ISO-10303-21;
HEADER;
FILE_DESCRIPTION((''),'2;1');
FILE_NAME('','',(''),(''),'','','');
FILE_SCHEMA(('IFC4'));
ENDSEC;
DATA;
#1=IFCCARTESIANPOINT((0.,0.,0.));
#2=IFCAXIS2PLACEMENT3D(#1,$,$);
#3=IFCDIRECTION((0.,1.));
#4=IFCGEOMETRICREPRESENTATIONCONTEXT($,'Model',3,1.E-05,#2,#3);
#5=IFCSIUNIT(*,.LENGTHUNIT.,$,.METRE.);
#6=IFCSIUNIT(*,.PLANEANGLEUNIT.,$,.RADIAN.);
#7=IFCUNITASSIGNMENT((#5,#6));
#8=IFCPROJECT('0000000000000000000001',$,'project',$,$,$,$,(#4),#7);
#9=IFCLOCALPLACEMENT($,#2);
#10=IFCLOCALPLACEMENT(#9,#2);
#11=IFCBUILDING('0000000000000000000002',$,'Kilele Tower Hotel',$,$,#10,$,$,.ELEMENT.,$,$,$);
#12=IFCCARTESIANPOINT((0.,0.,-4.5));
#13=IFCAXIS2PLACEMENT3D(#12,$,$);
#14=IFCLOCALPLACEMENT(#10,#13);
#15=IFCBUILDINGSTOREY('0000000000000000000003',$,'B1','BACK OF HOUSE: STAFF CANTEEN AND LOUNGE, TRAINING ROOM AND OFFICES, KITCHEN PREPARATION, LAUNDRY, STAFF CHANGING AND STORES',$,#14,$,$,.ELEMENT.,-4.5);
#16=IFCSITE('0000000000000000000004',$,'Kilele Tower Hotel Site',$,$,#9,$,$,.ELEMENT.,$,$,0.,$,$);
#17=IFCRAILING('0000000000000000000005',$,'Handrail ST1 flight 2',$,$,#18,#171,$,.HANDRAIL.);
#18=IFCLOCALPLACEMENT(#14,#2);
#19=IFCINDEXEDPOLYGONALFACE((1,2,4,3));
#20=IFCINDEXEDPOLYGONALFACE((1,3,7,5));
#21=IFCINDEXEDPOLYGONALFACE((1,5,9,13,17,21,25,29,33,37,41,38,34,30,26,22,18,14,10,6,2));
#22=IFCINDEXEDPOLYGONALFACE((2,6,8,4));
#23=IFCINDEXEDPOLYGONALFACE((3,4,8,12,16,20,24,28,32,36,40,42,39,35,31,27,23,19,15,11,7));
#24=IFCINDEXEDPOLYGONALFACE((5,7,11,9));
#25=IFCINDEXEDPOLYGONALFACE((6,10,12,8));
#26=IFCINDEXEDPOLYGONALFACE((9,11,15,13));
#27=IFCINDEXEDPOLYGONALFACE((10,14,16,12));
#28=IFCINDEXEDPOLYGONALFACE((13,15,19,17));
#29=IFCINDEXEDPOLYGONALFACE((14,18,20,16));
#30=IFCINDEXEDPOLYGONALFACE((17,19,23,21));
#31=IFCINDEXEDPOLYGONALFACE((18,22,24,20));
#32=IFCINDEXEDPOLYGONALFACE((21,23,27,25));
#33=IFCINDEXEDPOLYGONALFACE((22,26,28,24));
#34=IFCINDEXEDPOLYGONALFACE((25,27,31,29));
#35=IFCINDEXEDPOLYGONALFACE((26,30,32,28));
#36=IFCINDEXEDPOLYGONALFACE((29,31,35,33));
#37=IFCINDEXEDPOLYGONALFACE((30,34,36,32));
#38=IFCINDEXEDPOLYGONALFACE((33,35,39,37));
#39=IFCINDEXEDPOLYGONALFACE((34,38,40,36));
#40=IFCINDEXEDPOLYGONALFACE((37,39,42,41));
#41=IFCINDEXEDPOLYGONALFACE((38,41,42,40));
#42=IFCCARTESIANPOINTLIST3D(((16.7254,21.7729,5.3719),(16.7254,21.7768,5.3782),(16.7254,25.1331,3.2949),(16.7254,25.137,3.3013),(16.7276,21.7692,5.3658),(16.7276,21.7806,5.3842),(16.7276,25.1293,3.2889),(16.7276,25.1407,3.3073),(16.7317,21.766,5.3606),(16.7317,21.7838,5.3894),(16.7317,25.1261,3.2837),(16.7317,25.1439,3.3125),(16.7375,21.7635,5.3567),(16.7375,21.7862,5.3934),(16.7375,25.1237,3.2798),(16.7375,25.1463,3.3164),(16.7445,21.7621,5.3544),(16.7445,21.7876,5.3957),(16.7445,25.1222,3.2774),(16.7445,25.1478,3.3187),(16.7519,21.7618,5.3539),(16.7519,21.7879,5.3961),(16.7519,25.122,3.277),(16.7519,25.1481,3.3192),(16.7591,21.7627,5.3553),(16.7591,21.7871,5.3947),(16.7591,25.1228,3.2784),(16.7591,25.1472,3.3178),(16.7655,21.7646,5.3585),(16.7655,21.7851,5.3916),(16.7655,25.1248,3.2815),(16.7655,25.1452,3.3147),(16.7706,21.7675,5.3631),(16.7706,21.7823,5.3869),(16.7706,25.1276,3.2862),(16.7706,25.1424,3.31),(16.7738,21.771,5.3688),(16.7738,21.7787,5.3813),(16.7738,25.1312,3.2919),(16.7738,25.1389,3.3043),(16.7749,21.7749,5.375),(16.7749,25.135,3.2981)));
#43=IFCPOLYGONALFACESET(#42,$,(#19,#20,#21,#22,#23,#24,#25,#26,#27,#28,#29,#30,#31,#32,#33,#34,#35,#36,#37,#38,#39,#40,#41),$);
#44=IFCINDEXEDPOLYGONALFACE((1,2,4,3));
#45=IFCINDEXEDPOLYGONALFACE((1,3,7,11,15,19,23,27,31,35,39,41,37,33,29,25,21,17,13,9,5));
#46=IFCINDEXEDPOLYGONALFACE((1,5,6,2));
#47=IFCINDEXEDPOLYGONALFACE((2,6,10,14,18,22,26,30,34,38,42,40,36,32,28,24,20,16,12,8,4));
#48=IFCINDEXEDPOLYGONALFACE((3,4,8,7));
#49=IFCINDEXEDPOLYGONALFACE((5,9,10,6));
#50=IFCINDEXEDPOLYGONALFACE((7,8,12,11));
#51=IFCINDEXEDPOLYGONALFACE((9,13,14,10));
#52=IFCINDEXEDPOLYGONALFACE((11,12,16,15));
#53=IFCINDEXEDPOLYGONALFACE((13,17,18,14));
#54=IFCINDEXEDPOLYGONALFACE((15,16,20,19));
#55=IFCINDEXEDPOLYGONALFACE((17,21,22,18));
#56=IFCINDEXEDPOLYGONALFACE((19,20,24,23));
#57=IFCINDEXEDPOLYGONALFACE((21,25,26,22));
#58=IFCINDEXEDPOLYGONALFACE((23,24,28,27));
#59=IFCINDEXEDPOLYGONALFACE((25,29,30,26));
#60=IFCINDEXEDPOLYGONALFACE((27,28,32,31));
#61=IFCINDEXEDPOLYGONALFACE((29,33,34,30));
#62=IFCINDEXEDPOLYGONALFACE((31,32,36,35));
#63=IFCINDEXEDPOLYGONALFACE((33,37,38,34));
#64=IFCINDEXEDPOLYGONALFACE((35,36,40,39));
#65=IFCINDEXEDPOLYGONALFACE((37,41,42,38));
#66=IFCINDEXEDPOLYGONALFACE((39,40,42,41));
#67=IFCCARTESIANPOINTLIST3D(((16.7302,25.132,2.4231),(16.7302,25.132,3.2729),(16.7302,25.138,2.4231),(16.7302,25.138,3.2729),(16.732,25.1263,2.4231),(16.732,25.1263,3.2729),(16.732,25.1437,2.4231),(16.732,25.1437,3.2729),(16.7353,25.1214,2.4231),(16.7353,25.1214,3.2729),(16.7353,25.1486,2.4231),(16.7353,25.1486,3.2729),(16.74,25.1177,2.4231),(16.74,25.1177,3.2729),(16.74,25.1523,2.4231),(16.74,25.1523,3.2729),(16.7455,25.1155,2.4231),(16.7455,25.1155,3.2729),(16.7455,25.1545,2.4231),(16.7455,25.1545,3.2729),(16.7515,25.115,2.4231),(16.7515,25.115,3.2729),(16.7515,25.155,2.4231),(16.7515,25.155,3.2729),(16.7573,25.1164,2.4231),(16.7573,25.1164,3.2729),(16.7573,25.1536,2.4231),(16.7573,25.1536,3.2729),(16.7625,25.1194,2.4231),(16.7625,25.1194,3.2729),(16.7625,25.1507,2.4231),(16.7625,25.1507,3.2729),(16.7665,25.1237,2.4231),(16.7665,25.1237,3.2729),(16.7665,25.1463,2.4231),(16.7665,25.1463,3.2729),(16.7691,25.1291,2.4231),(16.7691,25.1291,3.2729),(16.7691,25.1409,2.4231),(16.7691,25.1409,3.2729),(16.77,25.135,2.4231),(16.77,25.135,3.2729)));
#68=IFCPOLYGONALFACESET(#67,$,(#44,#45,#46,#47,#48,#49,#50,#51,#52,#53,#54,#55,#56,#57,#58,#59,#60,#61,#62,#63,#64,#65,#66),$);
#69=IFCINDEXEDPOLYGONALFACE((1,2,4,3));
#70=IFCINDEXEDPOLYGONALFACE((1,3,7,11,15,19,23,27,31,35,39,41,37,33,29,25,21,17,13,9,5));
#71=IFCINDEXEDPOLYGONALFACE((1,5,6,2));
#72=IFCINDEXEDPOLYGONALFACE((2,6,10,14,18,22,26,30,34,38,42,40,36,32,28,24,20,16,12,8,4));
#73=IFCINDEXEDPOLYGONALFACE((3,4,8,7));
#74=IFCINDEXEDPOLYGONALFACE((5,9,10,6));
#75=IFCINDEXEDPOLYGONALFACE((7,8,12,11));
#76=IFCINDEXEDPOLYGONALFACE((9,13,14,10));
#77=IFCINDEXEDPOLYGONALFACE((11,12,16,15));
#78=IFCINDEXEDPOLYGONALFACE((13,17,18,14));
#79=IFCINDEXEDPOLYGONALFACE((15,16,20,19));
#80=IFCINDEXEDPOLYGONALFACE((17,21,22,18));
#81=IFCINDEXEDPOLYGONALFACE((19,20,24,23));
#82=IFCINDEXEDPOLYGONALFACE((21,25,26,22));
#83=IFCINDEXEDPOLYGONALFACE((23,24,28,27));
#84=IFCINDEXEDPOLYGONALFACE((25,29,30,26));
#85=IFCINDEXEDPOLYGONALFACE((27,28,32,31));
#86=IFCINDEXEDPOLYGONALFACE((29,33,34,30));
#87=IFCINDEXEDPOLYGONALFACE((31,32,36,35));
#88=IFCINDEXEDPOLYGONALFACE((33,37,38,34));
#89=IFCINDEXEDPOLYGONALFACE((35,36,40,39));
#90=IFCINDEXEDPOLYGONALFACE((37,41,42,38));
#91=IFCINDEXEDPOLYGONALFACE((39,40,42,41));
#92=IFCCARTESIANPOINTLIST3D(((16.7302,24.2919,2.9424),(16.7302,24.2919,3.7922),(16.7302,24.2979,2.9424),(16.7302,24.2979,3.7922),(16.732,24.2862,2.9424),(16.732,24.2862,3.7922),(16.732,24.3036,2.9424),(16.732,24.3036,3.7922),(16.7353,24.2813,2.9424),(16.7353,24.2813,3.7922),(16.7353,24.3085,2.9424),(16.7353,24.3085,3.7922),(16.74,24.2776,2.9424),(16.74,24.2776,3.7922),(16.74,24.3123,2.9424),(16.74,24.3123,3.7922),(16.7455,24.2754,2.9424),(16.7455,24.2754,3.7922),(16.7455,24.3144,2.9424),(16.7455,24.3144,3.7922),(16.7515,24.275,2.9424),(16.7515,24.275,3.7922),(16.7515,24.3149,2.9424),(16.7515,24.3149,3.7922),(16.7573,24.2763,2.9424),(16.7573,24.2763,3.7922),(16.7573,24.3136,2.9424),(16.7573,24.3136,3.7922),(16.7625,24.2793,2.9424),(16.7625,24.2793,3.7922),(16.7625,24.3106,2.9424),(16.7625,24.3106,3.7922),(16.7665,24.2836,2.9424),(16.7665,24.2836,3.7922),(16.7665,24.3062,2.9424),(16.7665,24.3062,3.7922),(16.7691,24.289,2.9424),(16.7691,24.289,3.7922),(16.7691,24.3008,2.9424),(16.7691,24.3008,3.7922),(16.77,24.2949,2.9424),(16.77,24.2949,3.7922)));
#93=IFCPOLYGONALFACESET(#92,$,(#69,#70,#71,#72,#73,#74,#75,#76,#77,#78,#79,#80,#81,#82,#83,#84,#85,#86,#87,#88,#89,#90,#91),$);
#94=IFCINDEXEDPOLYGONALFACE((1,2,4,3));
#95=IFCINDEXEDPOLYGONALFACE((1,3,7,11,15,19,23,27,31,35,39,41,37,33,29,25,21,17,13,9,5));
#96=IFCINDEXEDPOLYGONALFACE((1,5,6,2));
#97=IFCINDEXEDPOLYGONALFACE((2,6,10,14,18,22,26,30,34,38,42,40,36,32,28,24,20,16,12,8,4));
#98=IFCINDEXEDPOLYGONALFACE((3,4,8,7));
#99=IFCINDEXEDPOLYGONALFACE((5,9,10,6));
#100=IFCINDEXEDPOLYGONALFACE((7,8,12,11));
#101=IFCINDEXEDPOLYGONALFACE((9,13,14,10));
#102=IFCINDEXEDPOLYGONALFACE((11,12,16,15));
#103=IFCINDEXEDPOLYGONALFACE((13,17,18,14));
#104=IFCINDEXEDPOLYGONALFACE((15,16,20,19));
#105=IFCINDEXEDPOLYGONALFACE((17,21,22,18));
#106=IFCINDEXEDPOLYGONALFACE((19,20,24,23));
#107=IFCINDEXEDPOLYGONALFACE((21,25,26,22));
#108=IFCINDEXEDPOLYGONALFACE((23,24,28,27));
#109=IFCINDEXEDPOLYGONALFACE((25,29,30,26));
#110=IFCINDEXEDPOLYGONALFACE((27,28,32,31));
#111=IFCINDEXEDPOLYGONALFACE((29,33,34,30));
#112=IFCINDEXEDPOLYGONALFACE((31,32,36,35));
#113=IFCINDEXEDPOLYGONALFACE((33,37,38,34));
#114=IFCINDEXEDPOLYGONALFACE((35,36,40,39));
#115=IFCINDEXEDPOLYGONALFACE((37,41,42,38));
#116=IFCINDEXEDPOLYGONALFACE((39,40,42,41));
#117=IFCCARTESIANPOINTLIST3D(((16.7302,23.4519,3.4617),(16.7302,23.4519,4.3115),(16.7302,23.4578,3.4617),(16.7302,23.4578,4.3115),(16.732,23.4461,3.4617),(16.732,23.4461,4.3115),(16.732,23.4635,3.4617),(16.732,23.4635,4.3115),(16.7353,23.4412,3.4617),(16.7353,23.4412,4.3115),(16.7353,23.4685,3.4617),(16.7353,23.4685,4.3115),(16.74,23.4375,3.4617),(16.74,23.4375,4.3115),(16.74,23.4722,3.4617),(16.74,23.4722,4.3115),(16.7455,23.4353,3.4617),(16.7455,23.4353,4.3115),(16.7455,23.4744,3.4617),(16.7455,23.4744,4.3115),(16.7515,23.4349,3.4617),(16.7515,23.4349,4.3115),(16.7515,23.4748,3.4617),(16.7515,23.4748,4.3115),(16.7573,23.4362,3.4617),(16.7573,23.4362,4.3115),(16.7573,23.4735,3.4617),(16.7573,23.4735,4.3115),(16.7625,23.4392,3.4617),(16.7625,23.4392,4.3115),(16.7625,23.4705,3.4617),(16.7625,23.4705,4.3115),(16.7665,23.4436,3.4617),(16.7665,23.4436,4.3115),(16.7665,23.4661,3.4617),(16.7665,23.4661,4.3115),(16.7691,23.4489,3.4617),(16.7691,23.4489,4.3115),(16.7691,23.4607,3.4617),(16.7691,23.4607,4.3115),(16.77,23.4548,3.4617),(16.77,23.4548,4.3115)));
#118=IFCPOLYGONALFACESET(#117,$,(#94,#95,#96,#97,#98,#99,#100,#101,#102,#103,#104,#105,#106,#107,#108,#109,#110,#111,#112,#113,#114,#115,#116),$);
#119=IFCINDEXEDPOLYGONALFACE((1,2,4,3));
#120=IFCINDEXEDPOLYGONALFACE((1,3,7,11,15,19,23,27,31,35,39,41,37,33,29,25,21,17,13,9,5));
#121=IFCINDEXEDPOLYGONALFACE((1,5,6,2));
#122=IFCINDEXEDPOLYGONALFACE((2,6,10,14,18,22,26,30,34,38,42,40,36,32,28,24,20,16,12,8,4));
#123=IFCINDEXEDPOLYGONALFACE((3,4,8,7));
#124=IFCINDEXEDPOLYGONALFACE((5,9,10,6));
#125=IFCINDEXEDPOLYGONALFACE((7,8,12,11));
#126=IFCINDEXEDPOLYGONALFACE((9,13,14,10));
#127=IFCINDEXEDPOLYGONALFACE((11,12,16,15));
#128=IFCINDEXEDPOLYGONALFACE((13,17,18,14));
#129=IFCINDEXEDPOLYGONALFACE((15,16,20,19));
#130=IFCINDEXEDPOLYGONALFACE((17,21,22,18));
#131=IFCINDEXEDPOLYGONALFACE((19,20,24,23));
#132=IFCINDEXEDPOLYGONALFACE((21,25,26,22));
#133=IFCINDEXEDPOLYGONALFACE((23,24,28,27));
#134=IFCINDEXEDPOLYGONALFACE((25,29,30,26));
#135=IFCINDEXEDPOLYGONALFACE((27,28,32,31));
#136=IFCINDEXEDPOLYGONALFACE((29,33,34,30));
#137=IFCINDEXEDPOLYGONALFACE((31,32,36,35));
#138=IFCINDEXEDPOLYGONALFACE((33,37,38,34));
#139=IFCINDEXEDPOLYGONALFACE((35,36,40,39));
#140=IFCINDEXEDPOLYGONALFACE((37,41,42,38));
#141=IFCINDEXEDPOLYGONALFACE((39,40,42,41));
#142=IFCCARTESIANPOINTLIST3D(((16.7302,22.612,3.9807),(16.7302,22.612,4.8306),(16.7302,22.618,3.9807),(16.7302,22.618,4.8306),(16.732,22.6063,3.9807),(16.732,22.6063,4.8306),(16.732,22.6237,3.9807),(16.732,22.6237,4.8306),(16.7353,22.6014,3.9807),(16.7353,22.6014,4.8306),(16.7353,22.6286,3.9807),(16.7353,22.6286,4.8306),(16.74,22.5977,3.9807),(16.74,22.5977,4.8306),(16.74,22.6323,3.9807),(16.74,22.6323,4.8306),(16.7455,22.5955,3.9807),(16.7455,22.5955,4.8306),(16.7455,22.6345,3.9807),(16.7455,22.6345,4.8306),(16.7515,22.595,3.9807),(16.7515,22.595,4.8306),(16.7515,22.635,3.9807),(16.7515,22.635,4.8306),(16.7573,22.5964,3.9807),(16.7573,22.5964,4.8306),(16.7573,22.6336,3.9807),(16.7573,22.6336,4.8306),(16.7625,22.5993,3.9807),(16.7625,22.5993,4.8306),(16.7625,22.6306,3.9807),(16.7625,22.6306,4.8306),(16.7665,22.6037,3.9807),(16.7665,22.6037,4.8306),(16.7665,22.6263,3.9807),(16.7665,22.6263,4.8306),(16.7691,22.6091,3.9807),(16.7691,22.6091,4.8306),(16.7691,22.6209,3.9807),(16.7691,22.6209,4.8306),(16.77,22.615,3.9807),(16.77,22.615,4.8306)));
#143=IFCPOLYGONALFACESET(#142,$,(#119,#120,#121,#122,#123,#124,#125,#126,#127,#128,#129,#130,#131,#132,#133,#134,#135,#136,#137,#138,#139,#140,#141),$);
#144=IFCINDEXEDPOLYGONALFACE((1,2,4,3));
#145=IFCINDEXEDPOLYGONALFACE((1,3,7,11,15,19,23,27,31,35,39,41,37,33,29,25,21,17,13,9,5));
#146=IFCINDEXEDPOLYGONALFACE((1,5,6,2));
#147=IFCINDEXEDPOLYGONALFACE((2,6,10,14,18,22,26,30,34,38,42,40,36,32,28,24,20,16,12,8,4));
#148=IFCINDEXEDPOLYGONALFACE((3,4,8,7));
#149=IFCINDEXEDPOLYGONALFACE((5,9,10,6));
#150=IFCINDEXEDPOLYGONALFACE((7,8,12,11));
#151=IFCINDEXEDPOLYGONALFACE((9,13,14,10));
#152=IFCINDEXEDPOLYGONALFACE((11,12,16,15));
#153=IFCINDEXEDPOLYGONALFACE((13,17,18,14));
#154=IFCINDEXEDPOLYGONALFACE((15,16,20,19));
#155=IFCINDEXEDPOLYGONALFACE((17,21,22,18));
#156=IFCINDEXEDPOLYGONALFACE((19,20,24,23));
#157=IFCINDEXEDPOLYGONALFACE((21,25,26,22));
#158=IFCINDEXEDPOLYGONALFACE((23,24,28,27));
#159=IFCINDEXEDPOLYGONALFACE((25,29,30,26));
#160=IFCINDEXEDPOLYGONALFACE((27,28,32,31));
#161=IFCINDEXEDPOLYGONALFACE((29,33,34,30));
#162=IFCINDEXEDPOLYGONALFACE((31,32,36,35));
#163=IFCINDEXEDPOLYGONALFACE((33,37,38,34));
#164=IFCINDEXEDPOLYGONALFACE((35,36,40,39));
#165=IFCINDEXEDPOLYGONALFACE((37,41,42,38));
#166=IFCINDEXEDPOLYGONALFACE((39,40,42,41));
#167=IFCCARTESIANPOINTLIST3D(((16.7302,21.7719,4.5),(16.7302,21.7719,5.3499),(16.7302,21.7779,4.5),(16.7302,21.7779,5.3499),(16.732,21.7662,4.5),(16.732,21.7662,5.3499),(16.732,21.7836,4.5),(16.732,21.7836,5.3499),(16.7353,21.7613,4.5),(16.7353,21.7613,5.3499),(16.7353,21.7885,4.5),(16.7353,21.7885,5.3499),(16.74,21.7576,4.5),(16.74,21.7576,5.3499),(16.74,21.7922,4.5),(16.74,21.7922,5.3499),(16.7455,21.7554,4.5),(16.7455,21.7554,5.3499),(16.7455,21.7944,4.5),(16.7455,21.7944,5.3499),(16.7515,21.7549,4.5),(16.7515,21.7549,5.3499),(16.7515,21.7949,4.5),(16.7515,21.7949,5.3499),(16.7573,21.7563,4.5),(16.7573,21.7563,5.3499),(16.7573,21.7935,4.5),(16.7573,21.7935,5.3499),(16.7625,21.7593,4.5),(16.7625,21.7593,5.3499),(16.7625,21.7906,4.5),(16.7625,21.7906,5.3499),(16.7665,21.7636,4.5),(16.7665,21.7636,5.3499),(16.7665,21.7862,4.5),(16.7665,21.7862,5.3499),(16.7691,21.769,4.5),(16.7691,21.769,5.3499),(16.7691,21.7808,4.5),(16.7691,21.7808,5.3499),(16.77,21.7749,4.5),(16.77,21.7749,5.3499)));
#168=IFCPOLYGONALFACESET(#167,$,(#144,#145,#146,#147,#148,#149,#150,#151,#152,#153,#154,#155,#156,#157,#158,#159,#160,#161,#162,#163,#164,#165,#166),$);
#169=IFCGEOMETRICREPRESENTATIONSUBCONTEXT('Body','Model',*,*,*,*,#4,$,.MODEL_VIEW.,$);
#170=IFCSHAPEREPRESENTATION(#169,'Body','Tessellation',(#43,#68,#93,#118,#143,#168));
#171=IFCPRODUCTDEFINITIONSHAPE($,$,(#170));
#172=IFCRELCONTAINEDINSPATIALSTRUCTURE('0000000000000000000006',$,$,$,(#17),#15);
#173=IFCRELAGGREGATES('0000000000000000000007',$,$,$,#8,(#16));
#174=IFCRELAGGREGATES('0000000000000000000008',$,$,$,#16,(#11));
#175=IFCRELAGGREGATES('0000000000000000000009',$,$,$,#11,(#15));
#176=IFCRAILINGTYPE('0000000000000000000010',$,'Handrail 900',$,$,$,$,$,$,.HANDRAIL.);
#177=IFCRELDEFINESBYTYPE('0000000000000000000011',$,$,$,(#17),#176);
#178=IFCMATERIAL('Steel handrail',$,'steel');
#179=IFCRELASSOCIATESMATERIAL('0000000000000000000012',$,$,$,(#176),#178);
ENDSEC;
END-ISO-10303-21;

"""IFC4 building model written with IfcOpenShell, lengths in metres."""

from ifc_helpers import new_model, si_unit, direction, frame, origin, origin_2d, place, context, subcontext, project, spatial, circle, extrude, material, type_object, element, save


model = new_model("IFC4")

# Units and contexts
model_context = context("Model", 3, precision=1e-05, world=origin(), true_north=direction((0.0, 1.0)))
body_context = subcontext(model_context, "Body", "Model", "MODEL_VIEW")
ifc_project = project(units=[si_unit("LENGTHUNIT", "METRE"), si_unit("PLANEANGLEUNIT", "RADIAN")], contexts=[model_context])

# Site, building, storey
site_placement = place(None, origin())
site = spatial("IfcSite", under=ifc_project, at=site_placement, Name="Kilele Tower Hotel Site", CompositionType="ELEMENT", RefElevation=0.0)
building_placement = place(site_placement, origin())
building = spatial("IfcBuilding", under=site, at=building_placement, Name="Kilele Tower Hotel", CompositionType="ELEMENT")
storey_placement = place(building_placement, frame((0.0, 0.0, -4.5)))
storey = spatial("IfcBuildingStorey", under=building, at=storey_placement, Name="B1", Description="BACK OF HOUSE: STAFF CANTEEN AND LOUNGE, TRAINING ROOM AND OFFICES, KITCHEN PREPARATION, LAUNDRY, STAFF CHANGING AND STORES", CompositionType="ELEMENT", Elevation=-4.5)

# Railing
ifc_material_1 = material(Name="Steel handrail", Category="steel")
railing_type_1 = type_object("IfcRailingType", Name="Handrail 900", PredefinedType="HANDRAIL", material=ifc_material_1)
railing_1_placement = place(storey_placement, frame((16.75, 25.135, 2.4231)))
element("IfcRailing", 1, at=railing_1_placement, inside=storey, type_object=railing_type_1, Name="Handrail ST1 flight 2", PredefinedType="HANDRAIL", context=body_context, shape_type="SweptSolid", body=[
    extrude(circle(Radius=0.0249, at=origin_2d()), frame((0.0, 0.0, 0.875), z_axis=(0.0, -0.850623, 0.525776), x_axis=(1.0, 0.0, 0.0)), (0.0, 0.0, 1.0), 3.9502),
    extrude(circle(Radius=0.02, at=origin_2d()), origin(), (0.0, 0.0, 1.0), 0.8499),
    extrude(circle(Radius=0.02, at=origin_2d()), frame((0.0, -0.8401, 0.5193)), (0.0, 0.0, 1.0), 0.8499),
    extrude(circle(Radius=0.02, at=origin_2d()), frame((0.0, -1.6802, 1.0386)), (0.0, 0.0, 1.0), 0.8499),
    extrude(circle(Radius=0.02, at=origin_2d()), frame((0.0, -2.52, 1.5576)), (0.0, 0.0, 1.0), 0.8499),
    extrude(circle(Radius=0.02, at=origin_2d()), frame((0.0, -3.3601, 2.0769)), (0.0, 0.0, 1.0), 0.8499),
])

save(model, "model.ifc")
